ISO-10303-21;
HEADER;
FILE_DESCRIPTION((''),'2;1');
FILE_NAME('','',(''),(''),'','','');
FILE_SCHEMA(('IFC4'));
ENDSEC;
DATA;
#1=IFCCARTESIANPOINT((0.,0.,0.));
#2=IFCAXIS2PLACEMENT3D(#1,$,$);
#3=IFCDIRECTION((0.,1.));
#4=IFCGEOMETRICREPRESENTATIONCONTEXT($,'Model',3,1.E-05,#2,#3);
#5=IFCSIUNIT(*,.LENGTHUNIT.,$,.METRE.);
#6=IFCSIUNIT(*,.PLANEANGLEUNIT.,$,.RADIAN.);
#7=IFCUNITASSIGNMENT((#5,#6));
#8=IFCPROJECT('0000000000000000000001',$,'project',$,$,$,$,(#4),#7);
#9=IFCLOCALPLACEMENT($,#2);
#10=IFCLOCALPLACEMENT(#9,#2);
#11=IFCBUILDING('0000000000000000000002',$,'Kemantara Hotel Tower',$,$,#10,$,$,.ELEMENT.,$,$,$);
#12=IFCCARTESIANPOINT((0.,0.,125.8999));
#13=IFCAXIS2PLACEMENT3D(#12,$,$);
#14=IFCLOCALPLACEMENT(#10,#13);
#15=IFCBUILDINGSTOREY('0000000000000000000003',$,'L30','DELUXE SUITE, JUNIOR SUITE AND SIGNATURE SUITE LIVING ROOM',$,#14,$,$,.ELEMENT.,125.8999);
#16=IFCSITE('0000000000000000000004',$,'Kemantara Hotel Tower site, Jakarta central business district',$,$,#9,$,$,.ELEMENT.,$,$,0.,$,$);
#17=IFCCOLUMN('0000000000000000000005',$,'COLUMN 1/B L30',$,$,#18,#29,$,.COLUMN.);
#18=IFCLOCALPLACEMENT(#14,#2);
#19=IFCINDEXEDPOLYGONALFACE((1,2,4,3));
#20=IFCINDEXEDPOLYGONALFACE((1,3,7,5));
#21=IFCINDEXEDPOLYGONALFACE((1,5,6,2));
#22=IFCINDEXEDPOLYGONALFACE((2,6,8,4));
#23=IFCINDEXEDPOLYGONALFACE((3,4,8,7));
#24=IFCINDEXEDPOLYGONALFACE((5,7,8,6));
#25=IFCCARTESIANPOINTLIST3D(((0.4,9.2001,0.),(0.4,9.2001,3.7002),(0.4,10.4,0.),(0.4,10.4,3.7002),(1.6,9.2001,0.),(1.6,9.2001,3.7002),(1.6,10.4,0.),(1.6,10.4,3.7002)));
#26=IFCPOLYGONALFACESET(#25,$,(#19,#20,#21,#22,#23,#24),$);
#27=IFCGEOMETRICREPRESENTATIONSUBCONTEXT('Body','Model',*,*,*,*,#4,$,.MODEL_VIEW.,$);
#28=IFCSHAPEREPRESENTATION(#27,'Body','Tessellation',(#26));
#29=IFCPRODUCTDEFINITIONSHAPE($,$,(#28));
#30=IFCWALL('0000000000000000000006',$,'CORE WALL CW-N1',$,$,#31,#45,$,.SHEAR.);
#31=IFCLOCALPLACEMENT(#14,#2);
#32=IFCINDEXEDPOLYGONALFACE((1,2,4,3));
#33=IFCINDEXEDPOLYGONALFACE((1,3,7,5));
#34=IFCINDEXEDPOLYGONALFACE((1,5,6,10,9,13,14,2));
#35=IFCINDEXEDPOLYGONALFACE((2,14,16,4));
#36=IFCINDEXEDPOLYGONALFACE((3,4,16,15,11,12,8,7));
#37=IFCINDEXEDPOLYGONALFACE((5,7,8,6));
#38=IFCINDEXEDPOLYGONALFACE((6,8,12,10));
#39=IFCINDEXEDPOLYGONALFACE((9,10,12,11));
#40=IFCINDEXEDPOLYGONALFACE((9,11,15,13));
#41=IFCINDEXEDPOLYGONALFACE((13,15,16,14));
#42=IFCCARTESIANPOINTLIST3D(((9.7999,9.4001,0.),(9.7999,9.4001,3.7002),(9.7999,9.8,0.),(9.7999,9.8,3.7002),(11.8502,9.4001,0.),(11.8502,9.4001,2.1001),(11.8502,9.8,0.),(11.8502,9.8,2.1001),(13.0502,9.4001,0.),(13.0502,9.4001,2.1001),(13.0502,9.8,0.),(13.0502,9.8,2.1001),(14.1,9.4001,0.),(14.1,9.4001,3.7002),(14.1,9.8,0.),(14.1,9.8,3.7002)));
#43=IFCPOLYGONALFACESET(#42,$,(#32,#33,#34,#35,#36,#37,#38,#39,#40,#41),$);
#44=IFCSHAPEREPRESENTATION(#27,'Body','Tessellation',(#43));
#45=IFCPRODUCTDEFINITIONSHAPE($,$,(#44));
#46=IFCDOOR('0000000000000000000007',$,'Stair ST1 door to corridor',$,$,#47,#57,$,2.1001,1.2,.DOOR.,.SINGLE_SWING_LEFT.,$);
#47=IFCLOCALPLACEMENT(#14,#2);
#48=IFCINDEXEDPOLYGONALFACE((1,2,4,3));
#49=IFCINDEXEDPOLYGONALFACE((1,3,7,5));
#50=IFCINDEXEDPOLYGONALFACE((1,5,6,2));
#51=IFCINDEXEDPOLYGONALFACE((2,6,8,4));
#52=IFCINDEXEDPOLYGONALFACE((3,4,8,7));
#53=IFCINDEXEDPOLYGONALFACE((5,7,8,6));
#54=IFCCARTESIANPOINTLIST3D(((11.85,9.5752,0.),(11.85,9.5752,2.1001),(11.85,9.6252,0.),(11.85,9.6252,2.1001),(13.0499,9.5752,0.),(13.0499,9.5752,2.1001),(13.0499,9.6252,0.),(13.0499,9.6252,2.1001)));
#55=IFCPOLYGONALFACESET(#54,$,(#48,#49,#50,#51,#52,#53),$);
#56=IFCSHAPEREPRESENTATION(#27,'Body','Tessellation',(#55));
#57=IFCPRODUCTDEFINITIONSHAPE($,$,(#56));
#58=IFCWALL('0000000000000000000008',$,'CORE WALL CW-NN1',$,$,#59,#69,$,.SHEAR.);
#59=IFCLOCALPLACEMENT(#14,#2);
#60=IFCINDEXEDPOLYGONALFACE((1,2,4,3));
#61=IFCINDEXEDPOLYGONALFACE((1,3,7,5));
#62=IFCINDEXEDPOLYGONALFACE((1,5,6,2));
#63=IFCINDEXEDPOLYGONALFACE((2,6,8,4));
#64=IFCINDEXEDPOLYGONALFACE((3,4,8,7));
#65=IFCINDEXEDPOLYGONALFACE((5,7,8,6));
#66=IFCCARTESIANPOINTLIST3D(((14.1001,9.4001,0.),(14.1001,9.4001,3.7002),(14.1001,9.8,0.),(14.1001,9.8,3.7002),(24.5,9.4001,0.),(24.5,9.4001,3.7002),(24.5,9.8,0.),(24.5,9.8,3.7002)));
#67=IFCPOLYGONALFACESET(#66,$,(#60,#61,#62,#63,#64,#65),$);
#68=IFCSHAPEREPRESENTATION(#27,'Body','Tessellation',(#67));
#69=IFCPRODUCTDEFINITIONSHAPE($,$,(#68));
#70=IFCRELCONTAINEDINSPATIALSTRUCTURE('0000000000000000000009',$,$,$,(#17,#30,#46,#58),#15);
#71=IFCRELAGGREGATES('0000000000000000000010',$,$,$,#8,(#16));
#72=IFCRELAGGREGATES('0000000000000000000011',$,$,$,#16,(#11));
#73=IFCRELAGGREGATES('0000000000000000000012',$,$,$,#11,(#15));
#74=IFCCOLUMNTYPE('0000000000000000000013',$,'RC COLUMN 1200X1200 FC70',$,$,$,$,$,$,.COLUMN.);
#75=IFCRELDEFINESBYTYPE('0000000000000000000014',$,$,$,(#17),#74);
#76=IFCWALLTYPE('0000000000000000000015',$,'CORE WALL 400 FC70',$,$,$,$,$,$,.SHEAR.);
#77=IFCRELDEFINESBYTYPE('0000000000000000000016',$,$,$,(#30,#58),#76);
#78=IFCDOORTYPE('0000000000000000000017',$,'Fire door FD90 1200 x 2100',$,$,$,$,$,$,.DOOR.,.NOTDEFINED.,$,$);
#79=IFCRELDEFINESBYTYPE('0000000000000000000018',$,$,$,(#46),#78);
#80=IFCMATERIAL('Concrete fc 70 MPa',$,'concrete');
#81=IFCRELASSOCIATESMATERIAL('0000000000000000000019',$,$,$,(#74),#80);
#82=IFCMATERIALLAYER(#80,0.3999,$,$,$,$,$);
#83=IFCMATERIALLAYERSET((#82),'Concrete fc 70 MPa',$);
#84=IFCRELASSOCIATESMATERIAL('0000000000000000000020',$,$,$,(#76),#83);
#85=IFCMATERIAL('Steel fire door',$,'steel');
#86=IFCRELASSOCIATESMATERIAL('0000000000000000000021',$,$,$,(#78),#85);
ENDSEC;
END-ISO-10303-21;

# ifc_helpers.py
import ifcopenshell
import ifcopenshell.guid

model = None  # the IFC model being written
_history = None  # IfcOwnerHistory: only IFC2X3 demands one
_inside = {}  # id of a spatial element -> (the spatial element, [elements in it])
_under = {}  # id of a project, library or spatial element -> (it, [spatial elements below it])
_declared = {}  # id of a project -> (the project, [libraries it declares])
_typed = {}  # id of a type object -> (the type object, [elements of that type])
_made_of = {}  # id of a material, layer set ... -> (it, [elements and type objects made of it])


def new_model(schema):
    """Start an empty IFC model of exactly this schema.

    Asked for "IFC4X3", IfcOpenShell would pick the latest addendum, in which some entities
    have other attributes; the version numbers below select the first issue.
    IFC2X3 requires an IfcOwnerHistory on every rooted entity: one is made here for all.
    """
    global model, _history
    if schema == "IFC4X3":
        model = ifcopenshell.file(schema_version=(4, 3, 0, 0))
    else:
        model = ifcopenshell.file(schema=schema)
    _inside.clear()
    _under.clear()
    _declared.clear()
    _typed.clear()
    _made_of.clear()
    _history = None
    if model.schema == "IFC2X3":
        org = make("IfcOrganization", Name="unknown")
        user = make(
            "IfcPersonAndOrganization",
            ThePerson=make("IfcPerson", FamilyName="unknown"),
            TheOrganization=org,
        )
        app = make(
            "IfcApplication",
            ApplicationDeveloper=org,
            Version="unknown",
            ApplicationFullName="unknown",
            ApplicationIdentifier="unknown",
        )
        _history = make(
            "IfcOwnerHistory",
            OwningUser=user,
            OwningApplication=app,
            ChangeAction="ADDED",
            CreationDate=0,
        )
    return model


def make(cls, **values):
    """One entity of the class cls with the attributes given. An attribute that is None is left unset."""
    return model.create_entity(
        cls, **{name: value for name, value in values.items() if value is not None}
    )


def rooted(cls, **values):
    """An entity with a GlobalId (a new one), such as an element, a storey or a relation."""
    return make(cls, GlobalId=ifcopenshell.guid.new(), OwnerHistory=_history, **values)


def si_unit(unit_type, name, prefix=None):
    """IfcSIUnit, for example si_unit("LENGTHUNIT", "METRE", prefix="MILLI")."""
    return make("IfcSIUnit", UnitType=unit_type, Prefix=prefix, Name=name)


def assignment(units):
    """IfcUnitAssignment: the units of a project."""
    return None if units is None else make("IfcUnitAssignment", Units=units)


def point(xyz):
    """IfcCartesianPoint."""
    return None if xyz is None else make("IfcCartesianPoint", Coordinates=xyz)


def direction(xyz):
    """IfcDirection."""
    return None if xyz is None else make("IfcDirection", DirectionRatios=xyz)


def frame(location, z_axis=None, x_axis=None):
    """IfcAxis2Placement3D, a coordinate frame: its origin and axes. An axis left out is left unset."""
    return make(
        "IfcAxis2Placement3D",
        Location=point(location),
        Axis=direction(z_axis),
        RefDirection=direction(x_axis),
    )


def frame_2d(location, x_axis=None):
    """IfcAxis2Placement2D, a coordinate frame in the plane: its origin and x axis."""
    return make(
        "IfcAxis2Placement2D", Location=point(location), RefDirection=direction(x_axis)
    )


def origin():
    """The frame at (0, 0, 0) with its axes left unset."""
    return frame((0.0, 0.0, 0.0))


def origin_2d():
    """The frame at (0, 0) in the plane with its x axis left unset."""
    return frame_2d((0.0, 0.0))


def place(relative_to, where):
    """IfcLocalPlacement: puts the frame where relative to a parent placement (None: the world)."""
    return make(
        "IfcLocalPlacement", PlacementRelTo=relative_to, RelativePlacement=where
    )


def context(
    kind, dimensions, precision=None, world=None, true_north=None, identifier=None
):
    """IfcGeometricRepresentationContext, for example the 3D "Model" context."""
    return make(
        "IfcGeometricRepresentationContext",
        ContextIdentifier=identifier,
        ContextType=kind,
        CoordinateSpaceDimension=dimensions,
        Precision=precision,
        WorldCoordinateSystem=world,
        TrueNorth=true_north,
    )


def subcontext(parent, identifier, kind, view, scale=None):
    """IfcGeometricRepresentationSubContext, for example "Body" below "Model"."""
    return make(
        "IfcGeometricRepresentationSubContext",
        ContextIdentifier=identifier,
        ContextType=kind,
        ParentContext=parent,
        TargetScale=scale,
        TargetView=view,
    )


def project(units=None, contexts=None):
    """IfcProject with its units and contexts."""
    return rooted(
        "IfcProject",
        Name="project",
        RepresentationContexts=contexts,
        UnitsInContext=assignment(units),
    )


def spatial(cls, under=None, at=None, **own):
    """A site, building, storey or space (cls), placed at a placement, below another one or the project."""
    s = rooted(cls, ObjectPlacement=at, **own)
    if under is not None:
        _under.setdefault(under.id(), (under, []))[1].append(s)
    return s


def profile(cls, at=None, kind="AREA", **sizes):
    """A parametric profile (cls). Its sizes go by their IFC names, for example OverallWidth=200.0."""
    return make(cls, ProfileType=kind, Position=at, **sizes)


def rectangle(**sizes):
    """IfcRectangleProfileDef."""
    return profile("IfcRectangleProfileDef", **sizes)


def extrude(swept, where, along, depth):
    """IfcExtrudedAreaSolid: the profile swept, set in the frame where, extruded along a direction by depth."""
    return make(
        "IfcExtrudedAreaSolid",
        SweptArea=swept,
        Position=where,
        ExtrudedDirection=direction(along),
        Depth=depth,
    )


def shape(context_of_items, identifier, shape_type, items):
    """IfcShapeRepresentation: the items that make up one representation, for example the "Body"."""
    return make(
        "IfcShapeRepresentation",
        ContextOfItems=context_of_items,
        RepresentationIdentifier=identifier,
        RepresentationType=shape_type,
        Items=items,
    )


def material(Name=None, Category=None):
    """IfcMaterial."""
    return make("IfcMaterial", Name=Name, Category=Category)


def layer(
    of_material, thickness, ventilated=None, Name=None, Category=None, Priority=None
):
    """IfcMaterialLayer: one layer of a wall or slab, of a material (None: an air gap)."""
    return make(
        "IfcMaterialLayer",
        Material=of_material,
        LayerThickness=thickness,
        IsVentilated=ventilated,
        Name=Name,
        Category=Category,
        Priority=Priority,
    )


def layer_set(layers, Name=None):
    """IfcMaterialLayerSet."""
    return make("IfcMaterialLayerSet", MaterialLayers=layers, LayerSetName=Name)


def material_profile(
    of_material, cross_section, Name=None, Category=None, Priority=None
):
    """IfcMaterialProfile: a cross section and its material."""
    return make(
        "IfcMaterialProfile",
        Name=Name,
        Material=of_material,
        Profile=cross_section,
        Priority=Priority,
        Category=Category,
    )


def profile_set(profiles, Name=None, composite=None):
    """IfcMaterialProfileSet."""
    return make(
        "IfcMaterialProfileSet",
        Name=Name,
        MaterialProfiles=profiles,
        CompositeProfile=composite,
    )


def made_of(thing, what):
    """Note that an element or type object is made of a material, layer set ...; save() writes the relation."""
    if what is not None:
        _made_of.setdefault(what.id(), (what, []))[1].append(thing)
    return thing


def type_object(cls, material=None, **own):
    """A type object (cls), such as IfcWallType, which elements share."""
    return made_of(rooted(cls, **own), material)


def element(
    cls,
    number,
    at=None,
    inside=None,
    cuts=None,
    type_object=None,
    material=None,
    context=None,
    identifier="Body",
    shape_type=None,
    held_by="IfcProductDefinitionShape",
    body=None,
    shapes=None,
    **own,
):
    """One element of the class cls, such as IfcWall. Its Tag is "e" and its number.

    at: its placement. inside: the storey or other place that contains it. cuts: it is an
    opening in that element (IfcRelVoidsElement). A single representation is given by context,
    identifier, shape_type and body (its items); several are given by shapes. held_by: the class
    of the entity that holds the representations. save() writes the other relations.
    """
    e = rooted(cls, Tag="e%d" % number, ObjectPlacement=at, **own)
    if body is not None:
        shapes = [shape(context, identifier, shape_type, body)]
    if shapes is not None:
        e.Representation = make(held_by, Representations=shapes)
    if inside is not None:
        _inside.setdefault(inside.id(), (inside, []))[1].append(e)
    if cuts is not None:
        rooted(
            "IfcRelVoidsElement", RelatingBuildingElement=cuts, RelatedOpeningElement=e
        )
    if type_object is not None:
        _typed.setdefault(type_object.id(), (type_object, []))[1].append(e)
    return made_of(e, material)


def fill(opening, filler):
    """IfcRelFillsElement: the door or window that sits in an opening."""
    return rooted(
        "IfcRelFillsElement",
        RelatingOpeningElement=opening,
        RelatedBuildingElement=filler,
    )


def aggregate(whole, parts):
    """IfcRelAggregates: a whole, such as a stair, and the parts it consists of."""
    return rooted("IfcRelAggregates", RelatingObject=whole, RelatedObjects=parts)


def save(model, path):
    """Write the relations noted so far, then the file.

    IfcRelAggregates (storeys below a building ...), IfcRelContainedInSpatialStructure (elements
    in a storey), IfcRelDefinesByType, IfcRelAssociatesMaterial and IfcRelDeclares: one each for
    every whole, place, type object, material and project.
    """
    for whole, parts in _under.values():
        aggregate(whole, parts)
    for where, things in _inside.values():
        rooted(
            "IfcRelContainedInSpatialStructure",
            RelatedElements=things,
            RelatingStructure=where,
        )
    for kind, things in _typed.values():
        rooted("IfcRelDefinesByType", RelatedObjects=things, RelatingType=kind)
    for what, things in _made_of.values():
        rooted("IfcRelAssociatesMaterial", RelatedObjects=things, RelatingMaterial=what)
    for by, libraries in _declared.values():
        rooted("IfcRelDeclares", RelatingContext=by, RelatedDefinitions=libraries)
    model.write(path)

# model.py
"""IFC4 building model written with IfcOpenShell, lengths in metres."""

from ifc_helpers import new_model, si_unit, direction, frame, frame_2d, origin, origin_2d, place, context, subcontext, project, spatial, rectangle, extrude, material, layer, layer_set, material_profile, profile_set, type_object, element, fill, save


model = new_model("IFC4")

# Units and contexts
model_context = context("Model", 3, precision=1e-05, world=origin(), true_north=direction((0.0, 1.0)))
body_context = subcontext(model_context, "Body", "Model", "MODEL_VIEW")
ifc_project = project(units=[si_unit("LENGTHUNIT", "METRE"), si_unit("PLANEANGLEUNIT", "RADIAN")], contexts=[model_context])

# Site, building, storey
site_placement = place(None, origin())
site = spatial("IfcSite", under=ifc_project, at=site_placement, Name="Kemantara Hotel Tower site, Jakarta central business district", CompositionType="ELEMENT", RefElevation=0.0)
building_placement = place(site_placement, origin())
building = spatial("IfcBuilding", under=site, at=building_placement, Name="Kemantara Hotel Tower", CompositionType="ELEMENT")
storey_placement = place(building_placement, frame((0.0, 0.0, 125.8999)))
storey = spatial("IfcBuildingStorey", under=building, at=storey_placement, Name="L30", Description="DELUXE SUITE, JUNIOR SUITE AND SIGNATURE SUITE LIVING ROOM", CompositionType="ELEMENT", Elevation=125.8999)

# Column
ifc_material_1 = material(Name="Concrete fc 70 MPa", Category="concrete")
ifc_material_profile = material_profile(ifc_material_1, rectangle(XDim=1.2, YDim=1.2, at=origin_2d()), Name="RC 1200X1200")
ifc_profile_set = profile_set([ifc_material_profile], Name="Concrete fc 70 MPa")
column_type = type_object("IfcColumnType", Name="RC COLUMN 1200X1200 FC70", PredefinedType="COLUMN", material=ifc_profile_set)
column_placement = place(storey_placement, frame((1.0, 9.8, 0.0), z_axis=(0.0, 0.0, 1.0), x_axis=(1.0, 0.0, 0.0)))
element("IfcColumn", 1, at=column_placement, inside=storey, type_object=column_type, Name="COLUMN 1/B L30", PredefinedType="COLUMN", context=body_context, shape_type="SweptSolid", body=[
    extrude(rectangle(XDim=1.2, YDim=1.2, at=origin_2d()), origin(), (0.0, 0.0, 1.0), 3.7002),
])

# Wall, opening, door
ifc_layer_1 = layer(ifc_material_1, 0.3999)
ifc_layer_set_1 = layer_set([ifc_layer_1], Name="Concrete fc 70 MPa")
wall_type_1 = type_object("IfcWallType", Name="CORE WALL 400 FC70", PredefinedType="SHEAR", material=ifc_layer_set_1)
wall_1_placement = place(storey_placement, frame((9.8, 9.6001, 0.0), z_axis=(0.0, 0.0, 1.0), x_axis=(1.0, 0.0, 0.0)))
wall_1 = element("IfcWall", 2, at=wall_1_placement, inside=storey, type_object=wall_type_1, Name="CORE WALL CW-N1", PredefinedType="SHEAR", context=body_context, shape_type="SweptSolid", body=[
    extrude(rectangle(XDim=4.3, YDim=0.3999, at=frame_2d((2.1499, 0.0))), origin(), (0.0, 0.0, 1.0), 3.7002),
])
opening_1_placement = place(wall_1_placement, frame((2.05, 0.0, 0.0)))
opening_1 = element("IfcOpeningElement", 3, at=opening_1_placement, cuts=wall_1, PredefinedType="OPENING", context=body_context, shape_type="SweptSolid", body=[
    extrude(rectangle(XDim=1.2, YDim=2.1001, at=frame_2d((0.6001, 1.05))), frame((0.0, 0.21, 0.0), z_axis=(0.0, -1.0, 0.0), x_axis=(1.0, 0.0, 0.0)), (0.0, 0.0, 1.0), 0.4199),
])
ifc_material_2 = material(Name="Steel fire door", Category="steel")
door_type_1 = type_object("IfcDoorType", Name="Fire door FD90 1200 x 2100", OperationType="NOTDEFINED", PredefinedType="DOOR", material=ifc_material_2)
door_1_placement = place(opening_1_placement, frame((1.2, 0.0, 0.0), z_axis=(0.0, 0.0, 1.0), x_axis=(-1.0, 0.0, 0.0)))
door_1 = element("IfcDoor", 4, at=door_1_placement, inside=storey, type_object=door_type_1, Name="Stair ST1 door to corridor", OperationType="SINGLE_SWING_LEFT", OverallHeight=2.1001, OverallWidth=1.2, PredefinedType="DOOR", context=body_context, shape_type="SweptSolid", body=[
    extrude(rectangle(XDim=1.2, YDim=2.1001, at=frame_2d((0.6001, 1.05))), frame((0.0, 0.0249, 0.0), z_axis=(0.0, -1.0, 0.0), x_axis=(1.0, 0.0, 0.0)), (0.0, 0.0, 1.0), 0.05),
])
fill(opening_1, door_1)

# Wall
wall_2_placement = place(storey_placement, frame((14.1001, 9.6001, 0.0), z_axis=(0.0, 0.0, 1.0), x_axis=(1.0, 0.0, 0.0)))
element("IfcWall", 5, at=wall_2_placement, inside=storey, type_object=wall_type_1, Name="CORE WALL CW-NN1", PredefinedType="SHEAR", context=body_context, shape_type="SweptSolid", body=[
    extrude(rectangle(XDim=10.3999, YDim=0.3999, at=frame_2d((5.2, 0.0))), origin(), (0.0, 0.0, 1.0), 3.7002),
])

save(model, "model.ifc")
